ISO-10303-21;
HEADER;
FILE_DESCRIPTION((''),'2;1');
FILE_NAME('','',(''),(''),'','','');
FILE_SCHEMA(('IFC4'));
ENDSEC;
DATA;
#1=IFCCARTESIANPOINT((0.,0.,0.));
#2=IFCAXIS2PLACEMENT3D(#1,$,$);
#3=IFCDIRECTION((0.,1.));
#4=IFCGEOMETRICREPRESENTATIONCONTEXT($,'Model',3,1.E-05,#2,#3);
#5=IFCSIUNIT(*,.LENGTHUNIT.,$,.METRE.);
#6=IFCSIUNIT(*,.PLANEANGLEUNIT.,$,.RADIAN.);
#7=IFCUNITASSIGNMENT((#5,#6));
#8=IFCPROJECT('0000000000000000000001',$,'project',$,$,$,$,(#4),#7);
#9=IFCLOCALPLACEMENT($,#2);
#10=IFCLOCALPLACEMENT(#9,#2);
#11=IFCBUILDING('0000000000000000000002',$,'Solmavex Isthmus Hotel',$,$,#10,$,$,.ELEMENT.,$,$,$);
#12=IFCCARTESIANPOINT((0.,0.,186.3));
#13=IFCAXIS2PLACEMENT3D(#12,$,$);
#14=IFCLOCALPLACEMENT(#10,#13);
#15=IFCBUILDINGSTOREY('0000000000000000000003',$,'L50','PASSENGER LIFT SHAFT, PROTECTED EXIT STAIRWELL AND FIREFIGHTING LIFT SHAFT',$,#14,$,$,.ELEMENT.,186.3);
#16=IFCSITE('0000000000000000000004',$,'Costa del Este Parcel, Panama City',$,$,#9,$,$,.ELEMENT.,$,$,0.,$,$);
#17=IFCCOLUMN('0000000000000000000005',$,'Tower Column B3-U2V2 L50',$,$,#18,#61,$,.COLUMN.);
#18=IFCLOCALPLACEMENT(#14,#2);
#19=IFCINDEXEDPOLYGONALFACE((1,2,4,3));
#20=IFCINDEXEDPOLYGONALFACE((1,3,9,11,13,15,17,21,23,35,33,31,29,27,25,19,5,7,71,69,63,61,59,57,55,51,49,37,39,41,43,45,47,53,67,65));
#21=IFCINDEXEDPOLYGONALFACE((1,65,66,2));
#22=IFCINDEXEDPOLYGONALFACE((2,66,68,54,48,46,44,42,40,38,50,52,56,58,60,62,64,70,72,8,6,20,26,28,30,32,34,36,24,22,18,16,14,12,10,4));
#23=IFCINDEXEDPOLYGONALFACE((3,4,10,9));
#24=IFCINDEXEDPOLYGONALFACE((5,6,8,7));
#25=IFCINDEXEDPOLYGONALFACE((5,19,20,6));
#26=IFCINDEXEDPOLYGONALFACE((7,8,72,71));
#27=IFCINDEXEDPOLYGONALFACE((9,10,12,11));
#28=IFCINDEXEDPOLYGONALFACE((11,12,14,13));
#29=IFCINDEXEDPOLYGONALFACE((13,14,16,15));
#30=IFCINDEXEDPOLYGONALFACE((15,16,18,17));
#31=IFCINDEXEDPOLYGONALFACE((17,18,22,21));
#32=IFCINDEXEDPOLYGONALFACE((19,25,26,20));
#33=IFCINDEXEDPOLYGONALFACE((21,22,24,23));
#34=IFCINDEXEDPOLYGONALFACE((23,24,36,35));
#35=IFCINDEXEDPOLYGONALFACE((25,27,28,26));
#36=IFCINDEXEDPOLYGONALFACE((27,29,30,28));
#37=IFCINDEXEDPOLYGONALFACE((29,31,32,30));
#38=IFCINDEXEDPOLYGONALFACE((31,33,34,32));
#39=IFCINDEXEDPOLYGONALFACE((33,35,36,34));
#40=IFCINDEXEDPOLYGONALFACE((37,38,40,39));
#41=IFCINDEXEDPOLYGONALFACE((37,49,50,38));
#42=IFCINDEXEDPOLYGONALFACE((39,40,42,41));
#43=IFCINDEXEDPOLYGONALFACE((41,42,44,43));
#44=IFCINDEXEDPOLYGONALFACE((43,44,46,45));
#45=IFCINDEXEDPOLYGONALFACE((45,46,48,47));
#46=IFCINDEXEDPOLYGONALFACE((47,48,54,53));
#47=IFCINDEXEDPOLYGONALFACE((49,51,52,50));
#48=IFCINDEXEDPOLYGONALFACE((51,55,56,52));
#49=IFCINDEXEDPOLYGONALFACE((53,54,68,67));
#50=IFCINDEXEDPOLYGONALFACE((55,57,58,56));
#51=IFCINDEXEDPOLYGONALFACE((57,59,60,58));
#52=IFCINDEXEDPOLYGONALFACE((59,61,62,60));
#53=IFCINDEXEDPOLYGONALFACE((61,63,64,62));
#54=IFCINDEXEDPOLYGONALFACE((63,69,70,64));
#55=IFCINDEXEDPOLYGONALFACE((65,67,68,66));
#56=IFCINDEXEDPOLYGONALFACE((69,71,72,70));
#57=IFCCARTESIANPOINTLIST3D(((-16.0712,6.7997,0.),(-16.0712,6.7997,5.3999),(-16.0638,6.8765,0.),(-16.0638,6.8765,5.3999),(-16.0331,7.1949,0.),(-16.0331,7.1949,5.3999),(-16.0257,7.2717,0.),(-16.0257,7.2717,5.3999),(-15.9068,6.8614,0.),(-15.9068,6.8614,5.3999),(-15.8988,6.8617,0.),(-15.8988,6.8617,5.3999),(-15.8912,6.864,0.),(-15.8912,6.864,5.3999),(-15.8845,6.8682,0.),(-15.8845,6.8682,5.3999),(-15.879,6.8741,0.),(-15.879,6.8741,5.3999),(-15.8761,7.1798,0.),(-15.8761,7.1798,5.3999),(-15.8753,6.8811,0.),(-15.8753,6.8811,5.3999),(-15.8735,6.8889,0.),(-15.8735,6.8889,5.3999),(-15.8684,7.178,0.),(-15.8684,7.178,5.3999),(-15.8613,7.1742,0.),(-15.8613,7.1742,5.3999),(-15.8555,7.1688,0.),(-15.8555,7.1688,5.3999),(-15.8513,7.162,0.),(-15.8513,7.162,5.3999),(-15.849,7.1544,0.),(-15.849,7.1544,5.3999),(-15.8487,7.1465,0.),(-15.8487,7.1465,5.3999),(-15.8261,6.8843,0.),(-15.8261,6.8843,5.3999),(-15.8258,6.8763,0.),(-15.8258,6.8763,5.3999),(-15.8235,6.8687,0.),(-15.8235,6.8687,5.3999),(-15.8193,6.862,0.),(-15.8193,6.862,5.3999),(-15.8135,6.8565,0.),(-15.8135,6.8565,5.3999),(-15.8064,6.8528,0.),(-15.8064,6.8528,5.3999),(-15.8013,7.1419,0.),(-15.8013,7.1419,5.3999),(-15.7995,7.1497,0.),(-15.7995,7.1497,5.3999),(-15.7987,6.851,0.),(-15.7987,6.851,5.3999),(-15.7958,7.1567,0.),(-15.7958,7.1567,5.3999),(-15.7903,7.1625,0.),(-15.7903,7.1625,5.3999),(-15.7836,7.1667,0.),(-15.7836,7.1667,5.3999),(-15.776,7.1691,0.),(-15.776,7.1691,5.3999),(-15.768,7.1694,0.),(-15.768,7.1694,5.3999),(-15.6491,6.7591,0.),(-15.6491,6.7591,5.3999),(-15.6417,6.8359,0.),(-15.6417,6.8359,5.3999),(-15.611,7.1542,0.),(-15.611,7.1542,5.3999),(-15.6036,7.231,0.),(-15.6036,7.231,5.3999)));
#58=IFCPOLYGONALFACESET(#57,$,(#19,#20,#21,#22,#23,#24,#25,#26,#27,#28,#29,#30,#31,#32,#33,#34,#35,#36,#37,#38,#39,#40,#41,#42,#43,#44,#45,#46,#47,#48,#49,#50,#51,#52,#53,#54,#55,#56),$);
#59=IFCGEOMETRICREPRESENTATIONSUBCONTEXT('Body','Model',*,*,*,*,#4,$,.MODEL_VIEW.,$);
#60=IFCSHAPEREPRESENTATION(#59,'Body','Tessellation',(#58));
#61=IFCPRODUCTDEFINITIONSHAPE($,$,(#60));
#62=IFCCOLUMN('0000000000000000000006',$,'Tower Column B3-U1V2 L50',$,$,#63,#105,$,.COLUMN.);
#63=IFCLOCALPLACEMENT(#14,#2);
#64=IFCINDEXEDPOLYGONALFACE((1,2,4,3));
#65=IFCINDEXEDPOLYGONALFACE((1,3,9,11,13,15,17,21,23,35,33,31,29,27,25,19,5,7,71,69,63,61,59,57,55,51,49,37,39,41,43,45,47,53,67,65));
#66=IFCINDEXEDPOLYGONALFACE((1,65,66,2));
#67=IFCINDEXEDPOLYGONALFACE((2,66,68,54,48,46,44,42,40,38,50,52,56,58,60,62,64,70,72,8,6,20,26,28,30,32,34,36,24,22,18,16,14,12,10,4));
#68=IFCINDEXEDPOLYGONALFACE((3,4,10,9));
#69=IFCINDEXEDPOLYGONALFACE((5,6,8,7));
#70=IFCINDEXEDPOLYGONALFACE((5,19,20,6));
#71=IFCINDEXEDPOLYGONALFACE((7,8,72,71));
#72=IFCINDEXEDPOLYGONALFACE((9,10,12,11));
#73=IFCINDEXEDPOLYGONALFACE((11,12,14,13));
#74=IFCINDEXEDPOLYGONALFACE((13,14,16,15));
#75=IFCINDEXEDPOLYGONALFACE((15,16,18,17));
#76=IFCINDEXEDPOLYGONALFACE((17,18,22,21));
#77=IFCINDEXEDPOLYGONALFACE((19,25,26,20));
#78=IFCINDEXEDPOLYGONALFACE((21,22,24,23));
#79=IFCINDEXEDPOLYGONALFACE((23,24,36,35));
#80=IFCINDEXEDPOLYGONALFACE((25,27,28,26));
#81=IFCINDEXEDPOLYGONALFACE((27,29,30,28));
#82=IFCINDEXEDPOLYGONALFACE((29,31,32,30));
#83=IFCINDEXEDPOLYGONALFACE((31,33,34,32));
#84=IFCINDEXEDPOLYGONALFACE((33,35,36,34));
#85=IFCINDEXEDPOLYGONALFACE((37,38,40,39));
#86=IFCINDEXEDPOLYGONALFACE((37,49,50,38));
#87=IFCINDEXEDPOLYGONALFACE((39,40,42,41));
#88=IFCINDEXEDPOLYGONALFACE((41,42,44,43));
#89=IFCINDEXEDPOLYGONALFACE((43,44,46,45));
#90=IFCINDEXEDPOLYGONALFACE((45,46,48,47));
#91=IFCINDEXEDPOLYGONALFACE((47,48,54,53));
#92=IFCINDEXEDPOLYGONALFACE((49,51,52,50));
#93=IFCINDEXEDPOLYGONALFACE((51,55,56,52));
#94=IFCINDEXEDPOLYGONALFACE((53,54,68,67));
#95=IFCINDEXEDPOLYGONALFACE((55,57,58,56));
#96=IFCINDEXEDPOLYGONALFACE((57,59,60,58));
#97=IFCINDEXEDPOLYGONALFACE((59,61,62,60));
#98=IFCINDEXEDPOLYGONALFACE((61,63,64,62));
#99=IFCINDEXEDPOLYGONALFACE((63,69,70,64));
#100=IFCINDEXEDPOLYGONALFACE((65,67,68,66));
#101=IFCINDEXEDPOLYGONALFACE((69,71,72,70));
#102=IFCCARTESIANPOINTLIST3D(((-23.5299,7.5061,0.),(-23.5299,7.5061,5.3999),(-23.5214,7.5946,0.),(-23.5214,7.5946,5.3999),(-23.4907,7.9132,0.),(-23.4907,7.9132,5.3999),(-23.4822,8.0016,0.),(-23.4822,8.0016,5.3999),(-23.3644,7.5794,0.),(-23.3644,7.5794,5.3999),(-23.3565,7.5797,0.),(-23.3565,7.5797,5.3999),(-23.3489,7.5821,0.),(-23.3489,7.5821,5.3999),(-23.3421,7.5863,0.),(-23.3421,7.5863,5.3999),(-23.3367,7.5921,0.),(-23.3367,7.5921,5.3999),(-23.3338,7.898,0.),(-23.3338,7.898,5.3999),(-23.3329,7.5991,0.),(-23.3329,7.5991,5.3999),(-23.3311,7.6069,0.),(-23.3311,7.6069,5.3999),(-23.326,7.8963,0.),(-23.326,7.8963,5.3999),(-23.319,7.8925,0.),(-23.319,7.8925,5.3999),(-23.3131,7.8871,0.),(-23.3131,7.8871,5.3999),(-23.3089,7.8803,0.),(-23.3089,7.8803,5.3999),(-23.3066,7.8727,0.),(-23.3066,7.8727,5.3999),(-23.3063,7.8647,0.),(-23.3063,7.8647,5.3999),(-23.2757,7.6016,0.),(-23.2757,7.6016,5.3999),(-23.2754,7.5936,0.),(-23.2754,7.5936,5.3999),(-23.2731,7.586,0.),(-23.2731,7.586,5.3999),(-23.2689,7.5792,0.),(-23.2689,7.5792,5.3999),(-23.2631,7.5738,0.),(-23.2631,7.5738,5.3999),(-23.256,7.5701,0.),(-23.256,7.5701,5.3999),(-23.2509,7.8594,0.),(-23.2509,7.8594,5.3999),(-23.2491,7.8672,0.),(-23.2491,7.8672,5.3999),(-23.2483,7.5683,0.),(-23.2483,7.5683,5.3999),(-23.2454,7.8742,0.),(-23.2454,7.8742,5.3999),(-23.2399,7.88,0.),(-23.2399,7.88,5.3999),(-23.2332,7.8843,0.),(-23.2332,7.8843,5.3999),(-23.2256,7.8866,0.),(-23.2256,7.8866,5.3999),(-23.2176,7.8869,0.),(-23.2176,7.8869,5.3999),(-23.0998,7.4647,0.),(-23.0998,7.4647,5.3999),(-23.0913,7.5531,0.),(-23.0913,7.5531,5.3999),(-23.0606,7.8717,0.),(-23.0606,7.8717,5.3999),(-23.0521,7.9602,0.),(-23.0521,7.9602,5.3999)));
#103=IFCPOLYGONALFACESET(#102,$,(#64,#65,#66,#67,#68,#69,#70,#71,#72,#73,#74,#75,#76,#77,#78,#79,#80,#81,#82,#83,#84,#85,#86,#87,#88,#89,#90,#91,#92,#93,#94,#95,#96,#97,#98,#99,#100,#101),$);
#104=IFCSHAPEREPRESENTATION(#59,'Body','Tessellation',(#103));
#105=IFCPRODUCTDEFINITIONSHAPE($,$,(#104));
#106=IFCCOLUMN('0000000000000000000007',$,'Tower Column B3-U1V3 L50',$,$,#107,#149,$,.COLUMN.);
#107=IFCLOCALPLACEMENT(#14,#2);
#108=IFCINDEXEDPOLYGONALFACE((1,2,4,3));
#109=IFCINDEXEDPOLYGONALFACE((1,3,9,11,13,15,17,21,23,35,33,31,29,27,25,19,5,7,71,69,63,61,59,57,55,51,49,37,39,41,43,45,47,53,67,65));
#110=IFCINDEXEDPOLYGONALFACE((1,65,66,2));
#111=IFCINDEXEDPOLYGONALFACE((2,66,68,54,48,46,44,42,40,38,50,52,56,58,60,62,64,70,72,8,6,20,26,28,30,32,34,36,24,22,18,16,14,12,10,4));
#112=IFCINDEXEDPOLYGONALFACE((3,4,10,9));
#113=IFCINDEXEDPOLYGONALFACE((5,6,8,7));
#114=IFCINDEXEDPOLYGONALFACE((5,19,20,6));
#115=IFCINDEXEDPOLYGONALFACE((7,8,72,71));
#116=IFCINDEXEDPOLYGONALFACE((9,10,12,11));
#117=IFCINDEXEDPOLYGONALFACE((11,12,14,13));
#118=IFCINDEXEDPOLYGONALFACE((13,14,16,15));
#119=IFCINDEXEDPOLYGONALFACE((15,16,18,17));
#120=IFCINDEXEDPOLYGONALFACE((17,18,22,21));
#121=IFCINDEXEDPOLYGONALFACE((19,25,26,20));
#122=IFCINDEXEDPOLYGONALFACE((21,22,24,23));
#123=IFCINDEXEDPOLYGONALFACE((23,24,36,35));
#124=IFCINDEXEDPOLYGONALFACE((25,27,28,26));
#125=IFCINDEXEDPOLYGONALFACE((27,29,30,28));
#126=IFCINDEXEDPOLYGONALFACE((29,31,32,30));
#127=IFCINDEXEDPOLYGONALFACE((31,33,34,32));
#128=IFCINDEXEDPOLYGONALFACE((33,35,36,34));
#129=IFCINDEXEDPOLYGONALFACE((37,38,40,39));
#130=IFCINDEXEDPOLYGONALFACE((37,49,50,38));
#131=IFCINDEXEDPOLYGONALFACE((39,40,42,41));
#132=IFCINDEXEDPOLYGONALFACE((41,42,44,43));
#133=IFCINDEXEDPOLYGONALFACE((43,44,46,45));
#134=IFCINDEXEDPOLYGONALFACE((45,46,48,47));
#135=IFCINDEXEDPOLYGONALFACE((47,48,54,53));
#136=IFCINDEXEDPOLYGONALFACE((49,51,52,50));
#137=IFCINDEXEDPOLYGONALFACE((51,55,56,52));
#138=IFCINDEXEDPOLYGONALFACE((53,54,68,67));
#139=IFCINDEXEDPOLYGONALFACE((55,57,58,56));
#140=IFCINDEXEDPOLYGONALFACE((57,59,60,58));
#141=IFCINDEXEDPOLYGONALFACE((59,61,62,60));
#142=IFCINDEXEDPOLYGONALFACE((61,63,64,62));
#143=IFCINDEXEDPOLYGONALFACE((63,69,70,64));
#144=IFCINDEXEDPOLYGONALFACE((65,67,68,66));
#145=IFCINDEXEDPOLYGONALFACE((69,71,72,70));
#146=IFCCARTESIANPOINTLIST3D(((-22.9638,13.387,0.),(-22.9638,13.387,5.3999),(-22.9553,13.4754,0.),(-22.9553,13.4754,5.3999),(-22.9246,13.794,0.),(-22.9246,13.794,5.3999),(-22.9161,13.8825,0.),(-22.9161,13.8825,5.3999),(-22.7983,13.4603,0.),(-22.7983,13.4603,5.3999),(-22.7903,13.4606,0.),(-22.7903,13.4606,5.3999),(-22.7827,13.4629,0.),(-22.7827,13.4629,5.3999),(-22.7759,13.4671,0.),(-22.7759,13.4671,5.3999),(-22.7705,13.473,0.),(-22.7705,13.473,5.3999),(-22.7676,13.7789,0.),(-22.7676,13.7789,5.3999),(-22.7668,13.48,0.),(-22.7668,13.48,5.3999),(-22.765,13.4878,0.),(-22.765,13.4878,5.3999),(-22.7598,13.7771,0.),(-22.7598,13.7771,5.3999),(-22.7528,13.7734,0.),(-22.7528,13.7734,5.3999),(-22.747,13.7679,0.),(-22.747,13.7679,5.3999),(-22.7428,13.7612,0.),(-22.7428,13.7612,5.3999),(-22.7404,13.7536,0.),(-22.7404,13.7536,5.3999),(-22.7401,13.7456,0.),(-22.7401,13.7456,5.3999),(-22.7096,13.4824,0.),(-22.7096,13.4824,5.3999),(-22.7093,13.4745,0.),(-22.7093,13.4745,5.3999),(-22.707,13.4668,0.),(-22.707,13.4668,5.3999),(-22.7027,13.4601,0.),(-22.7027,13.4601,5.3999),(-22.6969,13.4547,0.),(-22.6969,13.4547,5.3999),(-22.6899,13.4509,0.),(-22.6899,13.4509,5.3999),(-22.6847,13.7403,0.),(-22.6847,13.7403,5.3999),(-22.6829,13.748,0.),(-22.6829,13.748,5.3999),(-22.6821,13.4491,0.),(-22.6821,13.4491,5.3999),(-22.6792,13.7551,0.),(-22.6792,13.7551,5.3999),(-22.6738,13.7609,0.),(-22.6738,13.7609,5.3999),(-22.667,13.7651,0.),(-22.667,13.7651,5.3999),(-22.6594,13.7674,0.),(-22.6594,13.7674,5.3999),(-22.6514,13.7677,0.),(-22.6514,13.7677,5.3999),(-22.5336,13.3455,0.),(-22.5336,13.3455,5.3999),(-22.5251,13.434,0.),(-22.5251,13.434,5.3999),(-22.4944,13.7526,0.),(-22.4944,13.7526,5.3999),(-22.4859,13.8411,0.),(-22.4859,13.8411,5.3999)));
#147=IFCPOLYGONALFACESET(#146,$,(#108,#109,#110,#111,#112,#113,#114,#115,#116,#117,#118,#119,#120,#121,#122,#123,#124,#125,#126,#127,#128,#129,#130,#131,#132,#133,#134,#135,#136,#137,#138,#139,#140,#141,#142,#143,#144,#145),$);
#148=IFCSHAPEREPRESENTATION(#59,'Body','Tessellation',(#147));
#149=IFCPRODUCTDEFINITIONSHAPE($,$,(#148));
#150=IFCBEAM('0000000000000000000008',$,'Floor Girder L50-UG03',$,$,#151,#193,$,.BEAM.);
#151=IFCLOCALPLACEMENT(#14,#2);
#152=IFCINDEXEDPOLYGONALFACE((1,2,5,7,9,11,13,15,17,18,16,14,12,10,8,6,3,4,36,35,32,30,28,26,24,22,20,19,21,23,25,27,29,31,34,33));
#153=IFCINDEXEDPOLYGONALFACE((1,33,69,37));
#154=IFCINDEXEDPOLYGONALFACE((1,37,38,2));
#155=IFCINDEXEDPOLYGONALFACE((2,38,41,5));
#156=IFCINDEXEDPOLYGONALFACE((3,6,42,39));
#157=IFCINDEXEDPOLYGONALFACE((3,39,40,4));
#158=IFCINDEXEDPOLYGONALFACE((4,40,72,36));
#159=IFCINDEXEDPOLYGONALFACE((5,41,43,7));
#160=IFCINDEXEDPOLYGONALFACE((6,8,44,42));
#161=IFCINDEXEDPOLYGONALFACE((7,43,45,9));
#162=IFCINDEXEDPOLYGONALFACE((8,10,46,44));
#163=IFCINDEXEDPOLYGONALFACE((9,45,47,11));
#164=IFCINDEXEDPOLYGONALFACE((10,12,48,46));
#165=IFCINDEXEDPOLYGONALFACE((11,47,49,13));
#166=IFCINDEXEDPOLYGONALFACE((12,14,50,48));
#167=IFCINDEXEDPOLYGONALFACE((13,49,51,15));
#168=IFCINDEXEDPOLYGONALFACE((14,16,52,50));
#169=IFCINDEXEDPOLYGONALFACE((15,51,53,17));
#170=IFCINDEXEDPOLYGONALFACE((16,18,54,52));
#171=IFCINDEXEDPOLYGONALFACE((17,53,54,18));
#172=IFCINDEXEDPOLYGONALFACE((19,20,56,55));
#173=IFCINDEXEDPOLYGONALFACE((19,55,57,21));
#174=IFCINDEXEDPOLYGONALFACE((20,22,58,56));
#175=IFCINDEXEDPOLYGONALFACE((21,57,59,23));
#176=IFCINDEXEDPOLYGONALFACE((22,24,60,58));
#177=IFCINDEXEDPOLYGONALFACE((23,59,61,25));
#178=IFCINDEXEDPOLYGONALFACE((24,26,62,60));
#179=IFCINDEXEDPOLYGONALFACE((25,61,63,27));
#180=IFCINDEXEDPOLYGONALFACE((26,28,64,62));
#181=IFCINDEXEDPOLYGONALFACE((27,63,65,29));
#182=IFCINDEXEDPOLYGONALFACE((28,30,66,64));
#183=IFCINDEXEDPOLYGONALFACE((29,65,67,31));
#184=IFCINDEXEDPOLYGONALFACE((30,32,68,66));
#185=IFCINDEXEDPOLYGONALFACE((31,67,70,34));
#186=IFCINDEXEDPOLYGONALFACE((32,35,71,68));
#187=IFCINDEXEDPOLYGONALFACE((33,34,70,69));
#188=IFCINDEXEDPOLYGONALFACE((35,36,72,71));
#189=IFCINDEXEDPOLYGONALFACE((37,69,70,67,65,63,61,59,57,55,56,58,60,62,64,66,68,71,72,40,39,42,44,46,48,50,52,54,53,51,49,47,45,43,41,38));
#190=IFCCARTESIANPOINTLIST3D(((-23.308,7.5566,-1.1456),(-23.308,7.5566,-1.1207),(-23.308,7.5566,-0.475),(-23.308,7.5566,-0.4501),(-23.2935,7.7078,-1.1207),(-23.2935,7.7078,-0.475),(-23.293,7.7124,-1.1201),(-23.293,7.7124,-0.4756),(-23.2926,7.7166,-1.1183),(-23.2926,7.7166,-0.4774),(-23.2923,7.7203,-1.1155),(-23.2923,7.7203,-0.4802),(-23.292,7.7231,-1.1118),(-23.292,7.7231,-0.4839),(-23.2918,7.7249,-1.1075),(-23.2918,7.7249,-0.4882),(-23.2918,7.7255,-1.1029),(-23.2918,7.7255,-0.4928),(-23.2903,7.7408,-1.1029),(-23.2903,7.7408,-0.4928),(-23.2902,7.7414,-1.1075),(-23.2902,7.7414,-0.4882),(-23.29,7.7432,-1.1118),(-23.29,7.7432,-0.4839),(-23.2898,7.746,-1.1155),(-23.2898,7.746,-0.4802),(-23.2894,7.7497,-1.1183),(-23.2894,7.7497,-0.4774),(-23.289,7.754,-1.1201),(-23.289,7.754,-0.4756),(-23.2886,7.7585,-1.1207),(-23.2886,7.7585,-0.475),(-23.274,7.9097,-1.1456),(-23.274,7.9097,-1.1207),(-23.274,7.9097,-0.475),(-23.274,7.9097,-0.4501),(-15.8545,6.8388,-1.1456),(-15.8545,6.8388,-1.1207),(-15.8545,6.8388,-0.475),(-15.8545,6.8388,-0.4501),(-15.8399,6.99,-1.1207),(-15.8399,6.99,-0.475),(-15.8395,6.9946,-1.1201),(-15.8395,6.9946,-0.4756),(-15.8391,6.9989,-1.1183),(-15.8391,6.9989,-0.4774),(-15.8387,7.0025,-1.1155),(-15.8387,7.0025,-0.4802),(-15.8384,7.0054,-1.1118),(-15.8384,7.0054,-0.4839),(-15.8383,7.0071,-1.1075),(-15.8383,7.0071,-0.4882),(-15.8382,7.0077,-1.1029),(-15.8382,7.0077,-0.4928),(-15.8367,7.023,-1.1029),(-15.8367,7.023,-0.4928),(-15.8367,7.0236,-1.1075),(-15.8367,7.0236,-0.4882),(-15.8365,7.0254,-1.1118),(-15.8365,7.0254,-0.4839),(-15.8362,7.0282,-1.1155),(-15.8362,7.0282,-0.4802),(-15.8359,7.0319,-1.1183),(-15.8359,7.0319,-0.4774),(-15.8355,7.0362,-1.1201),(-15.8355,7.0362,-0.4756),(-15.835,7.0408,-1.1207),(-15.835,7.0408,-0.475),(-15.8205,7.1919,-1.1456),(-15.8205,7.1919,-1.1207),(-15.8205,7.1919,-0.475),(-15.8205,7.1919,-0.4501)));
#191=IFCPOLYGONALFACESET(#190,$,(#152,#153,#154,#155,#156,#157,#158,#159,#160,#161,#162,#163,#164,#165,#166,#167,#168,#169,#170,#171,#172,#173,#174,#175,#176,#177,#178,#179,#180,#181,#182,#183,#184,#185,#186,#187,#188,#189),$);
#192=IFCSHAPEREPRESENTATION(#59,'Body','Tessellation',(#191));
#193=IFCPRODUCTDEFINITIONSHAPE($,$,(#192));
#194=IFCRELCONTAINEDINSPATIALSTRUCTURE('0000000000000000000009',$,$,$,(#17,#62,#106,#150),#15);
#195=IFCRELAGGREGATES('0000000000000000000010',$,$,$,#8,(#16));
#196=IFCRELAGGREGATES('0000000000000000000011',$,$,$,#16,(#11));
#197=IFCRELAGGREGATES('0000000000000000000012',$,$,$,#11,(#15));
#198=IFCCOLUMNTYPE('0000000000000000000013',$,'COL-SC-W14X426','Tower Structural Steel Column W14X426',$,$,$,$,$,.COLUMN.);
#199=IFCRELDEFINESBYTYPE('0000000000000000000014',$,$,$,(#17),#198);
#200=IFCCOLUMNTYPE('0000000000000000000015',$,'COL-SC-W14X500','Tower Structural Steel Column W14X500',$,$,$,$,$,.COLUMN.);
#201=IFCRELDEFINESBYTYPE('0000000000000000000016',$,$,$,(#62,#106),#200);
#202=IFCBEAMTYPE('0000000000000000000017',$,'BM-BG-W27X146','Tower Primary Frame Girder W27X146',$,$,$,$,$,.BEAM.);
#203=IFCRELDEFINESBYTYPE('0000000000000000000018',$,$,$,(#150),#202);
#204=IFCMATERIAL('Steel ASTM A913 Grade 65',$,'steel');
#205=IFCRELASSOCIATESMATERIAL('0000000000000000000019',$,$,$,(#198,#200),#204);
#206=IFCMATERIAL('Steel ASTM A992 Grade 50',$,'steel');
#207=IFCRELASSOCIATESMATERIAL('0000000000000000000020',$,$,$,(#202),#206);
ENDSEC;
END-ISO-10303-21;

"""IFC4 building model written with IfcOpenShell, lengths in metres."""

from ifc_helpers import new_model, si_unit, direction, frame, origin, origin_2d, place, context, subcontext, project, spatial, i_section, extrude, material, material_profile, profile_set, type_object, element, save


model = new_model("IFC4")

# Units and contexts
model_context = context("Model", 3, precision=1e-05, world=origin(), true_north=direction((0.0, 1.0)))
body_context = subcontext(model_context, "Body", "Model", "MODEL_VIEW")
ifc_project = project(units=[si_unit("LENGTHUNIT", "METRE"), si_unit("PLANEANGLEUNIT", "RADIAN")], contexts=[model_context])

# Site, building, storey
site_placement = place(None, origin())
site = spatial("IfcSite", under=ifc_project, at=site_placement, Name="Costa del Este Parcel, Panama City", CompositionType="ELEMENT", RefElevation=0.0)
building_placement = place(site_placement, origin())
building = spatial("IfcBuilding", under=site, at=building_placement, Name="Solmavex Isthmus Hotel", CompositionType="ELEMENT")
storey_placement = place(building_placement, frame((0.0, 0.0, 186.3)))
storey = spatial("IfcBuildingStorey", under=building, at=storey_placement, Name="L50", Description="PASSENGER LIFT SHAFT, PROTECTED EXIT STAIRWELL AND FIREFIGHTING LIFT SHAFT", CompositionType="ELEMENT", Elevation=186.3)

# Columns
ifc_material_1 = material(Name="Steel ASTM A913 Grade 65", Category="steel")
ifc_material_profile_1 = material_profile(ifc_material_1, i_section(OverallWidth=0.4241, OverallDepth=0.4741, WebThickness=0.0476, FlangeThickness=0.0771, FilletRadius=0.0305, at=origin_2d()), Name="W14X426")
ifc_profile_set_1 = profile_set([ifc_material_profile_1], Name="Steel ASTM A913 Grade 65")
column_type_1 = type_object("IfcColumnType", Name="COL-SC-W14X426", Description="Tower Structural Steel Column W14X426", PredefinedType="COLUMN", material=ifc_profile_set_1)
column_placement = place(storey_placement, frame((-15.8374, 7.0154, 0.0), z_axis=(0.0, 0.0, 1.0), x_axis=(0.995396, -0.095846, 0.0)))
element("IfcColumn", 1, at=column_placement, inside=storey, type_object=column_type_1, Name="Tower Column B3-U2V2 L50", PredefinedType="COLUMN", context=body_context, shape_type="SweptSolid", body=[
    extrude(i_section(OverallWidth=0.4241, OverallDepth=0.4741, WebThickness=0.0476, FlangeThickness=0.0771, FilletRadius=0.0305, at=origin_2d()), origin(), (0.0, 0.0, 1.0), 5.3999),
])
ifc_material_profile_2 = material_profile(ifc_material_1, i_section(OverallWidth=0.4321, OverallDepth=0.4978, WebThickness=0.0557, FlangeThickness=0.0889, FilletRadius=0.0305, at=origin_2d()), Name="W14X500")
ifc_profile_set_2 = profile_set([ifc_material_profile_2], Name="Steel ASTM A913 Grade 65")
column_type_2 = type_object("IfcColumnType", Name="COL-SC-W14X500", Description="Tower Structural Steel Column W14X500", PredefinedType="COLUMN", material=ifc_profile_set_2)
for number, where, z_axis, x_axis, name in (
    (2, (-23.291, 7.7332, 0.0), (0.0, 0.0, 1.0), (0.995396, -0.095846, 0.0), "Tower Column B3-U1V2 L50"),
    (3, (-22.7249, 13.614, 0.0), (0.0, 0.0, 1.0), (0.995396, -0.095846, 0.0), "Tower Column B3-U1V3 L50"),
):
    element("IfcColumn", number, at=place(storey_placement, frame(where, z_axis=z_axis, x_axis=x_axis)), inside=storey, type_object=column_type_2, Name=name, PredefinedType="COLUMN", context=body_context, shape_type="SweptSolid", body=[
        extrude(i_section(OverallWidth=0.4321, OverallDepth=0.4978, WebThickness=0.0557, FlangeThickness=0.0889, FilletRadius=0.0305, at=origin_2d()), origin(), (0.0, 0.0, 1.0), 5.3999),
    ])

# Beam
ifc_material_2 = material(Name="Steel ASTM A992 Grade 50", Category="steel")
ifc_material_profile_3 = material_profile(ifc_material_2, i_section(OverallWidth=0.3547, OverallDepth=0.6956, WebThickness=0.0154, FlangeThickness=0.0249, FilletRadius=0.0178, at=origin_2d()), Name="W27X146")
ifc_profile_set_3 = profile_set([ifc_material_profile_3], Name="Steel ASTM A992 Grade 50")
beam_type_1 = type_object("IfcBeamType", Name="BM-BG-W27X146", Description="Tower Primary Frame Girder W27X146", PredefinedType="BEAM", material=ifc_profile_set_3)
beam_1_placement = place(storey_placement, frame((-23.291, 7.7332, -0.7979), z_axis=(0.995395, -0.095855, 0.0), x_axis=(0.095855, 0.995395, 0.0)))
element("IfcBeam", 4, at=beam_1_placement, inside=storey, type_object=beam_type_1, Name="Floor Girder L50-UG03", PredefinedType="BEAM", context=body_context, shape_type="SweptSolid", body=[
    extrude(i_section(OverallWidth=0.3547, OverallDepth=0.6956, WebThickness=0.0154, FlangeThickness=0.0249, FilletRadius=0.0178, at=origin_2d()), origin(), (0.0, 0.0, 1.0), 7.488),
])

save(model, "model.ifc")
